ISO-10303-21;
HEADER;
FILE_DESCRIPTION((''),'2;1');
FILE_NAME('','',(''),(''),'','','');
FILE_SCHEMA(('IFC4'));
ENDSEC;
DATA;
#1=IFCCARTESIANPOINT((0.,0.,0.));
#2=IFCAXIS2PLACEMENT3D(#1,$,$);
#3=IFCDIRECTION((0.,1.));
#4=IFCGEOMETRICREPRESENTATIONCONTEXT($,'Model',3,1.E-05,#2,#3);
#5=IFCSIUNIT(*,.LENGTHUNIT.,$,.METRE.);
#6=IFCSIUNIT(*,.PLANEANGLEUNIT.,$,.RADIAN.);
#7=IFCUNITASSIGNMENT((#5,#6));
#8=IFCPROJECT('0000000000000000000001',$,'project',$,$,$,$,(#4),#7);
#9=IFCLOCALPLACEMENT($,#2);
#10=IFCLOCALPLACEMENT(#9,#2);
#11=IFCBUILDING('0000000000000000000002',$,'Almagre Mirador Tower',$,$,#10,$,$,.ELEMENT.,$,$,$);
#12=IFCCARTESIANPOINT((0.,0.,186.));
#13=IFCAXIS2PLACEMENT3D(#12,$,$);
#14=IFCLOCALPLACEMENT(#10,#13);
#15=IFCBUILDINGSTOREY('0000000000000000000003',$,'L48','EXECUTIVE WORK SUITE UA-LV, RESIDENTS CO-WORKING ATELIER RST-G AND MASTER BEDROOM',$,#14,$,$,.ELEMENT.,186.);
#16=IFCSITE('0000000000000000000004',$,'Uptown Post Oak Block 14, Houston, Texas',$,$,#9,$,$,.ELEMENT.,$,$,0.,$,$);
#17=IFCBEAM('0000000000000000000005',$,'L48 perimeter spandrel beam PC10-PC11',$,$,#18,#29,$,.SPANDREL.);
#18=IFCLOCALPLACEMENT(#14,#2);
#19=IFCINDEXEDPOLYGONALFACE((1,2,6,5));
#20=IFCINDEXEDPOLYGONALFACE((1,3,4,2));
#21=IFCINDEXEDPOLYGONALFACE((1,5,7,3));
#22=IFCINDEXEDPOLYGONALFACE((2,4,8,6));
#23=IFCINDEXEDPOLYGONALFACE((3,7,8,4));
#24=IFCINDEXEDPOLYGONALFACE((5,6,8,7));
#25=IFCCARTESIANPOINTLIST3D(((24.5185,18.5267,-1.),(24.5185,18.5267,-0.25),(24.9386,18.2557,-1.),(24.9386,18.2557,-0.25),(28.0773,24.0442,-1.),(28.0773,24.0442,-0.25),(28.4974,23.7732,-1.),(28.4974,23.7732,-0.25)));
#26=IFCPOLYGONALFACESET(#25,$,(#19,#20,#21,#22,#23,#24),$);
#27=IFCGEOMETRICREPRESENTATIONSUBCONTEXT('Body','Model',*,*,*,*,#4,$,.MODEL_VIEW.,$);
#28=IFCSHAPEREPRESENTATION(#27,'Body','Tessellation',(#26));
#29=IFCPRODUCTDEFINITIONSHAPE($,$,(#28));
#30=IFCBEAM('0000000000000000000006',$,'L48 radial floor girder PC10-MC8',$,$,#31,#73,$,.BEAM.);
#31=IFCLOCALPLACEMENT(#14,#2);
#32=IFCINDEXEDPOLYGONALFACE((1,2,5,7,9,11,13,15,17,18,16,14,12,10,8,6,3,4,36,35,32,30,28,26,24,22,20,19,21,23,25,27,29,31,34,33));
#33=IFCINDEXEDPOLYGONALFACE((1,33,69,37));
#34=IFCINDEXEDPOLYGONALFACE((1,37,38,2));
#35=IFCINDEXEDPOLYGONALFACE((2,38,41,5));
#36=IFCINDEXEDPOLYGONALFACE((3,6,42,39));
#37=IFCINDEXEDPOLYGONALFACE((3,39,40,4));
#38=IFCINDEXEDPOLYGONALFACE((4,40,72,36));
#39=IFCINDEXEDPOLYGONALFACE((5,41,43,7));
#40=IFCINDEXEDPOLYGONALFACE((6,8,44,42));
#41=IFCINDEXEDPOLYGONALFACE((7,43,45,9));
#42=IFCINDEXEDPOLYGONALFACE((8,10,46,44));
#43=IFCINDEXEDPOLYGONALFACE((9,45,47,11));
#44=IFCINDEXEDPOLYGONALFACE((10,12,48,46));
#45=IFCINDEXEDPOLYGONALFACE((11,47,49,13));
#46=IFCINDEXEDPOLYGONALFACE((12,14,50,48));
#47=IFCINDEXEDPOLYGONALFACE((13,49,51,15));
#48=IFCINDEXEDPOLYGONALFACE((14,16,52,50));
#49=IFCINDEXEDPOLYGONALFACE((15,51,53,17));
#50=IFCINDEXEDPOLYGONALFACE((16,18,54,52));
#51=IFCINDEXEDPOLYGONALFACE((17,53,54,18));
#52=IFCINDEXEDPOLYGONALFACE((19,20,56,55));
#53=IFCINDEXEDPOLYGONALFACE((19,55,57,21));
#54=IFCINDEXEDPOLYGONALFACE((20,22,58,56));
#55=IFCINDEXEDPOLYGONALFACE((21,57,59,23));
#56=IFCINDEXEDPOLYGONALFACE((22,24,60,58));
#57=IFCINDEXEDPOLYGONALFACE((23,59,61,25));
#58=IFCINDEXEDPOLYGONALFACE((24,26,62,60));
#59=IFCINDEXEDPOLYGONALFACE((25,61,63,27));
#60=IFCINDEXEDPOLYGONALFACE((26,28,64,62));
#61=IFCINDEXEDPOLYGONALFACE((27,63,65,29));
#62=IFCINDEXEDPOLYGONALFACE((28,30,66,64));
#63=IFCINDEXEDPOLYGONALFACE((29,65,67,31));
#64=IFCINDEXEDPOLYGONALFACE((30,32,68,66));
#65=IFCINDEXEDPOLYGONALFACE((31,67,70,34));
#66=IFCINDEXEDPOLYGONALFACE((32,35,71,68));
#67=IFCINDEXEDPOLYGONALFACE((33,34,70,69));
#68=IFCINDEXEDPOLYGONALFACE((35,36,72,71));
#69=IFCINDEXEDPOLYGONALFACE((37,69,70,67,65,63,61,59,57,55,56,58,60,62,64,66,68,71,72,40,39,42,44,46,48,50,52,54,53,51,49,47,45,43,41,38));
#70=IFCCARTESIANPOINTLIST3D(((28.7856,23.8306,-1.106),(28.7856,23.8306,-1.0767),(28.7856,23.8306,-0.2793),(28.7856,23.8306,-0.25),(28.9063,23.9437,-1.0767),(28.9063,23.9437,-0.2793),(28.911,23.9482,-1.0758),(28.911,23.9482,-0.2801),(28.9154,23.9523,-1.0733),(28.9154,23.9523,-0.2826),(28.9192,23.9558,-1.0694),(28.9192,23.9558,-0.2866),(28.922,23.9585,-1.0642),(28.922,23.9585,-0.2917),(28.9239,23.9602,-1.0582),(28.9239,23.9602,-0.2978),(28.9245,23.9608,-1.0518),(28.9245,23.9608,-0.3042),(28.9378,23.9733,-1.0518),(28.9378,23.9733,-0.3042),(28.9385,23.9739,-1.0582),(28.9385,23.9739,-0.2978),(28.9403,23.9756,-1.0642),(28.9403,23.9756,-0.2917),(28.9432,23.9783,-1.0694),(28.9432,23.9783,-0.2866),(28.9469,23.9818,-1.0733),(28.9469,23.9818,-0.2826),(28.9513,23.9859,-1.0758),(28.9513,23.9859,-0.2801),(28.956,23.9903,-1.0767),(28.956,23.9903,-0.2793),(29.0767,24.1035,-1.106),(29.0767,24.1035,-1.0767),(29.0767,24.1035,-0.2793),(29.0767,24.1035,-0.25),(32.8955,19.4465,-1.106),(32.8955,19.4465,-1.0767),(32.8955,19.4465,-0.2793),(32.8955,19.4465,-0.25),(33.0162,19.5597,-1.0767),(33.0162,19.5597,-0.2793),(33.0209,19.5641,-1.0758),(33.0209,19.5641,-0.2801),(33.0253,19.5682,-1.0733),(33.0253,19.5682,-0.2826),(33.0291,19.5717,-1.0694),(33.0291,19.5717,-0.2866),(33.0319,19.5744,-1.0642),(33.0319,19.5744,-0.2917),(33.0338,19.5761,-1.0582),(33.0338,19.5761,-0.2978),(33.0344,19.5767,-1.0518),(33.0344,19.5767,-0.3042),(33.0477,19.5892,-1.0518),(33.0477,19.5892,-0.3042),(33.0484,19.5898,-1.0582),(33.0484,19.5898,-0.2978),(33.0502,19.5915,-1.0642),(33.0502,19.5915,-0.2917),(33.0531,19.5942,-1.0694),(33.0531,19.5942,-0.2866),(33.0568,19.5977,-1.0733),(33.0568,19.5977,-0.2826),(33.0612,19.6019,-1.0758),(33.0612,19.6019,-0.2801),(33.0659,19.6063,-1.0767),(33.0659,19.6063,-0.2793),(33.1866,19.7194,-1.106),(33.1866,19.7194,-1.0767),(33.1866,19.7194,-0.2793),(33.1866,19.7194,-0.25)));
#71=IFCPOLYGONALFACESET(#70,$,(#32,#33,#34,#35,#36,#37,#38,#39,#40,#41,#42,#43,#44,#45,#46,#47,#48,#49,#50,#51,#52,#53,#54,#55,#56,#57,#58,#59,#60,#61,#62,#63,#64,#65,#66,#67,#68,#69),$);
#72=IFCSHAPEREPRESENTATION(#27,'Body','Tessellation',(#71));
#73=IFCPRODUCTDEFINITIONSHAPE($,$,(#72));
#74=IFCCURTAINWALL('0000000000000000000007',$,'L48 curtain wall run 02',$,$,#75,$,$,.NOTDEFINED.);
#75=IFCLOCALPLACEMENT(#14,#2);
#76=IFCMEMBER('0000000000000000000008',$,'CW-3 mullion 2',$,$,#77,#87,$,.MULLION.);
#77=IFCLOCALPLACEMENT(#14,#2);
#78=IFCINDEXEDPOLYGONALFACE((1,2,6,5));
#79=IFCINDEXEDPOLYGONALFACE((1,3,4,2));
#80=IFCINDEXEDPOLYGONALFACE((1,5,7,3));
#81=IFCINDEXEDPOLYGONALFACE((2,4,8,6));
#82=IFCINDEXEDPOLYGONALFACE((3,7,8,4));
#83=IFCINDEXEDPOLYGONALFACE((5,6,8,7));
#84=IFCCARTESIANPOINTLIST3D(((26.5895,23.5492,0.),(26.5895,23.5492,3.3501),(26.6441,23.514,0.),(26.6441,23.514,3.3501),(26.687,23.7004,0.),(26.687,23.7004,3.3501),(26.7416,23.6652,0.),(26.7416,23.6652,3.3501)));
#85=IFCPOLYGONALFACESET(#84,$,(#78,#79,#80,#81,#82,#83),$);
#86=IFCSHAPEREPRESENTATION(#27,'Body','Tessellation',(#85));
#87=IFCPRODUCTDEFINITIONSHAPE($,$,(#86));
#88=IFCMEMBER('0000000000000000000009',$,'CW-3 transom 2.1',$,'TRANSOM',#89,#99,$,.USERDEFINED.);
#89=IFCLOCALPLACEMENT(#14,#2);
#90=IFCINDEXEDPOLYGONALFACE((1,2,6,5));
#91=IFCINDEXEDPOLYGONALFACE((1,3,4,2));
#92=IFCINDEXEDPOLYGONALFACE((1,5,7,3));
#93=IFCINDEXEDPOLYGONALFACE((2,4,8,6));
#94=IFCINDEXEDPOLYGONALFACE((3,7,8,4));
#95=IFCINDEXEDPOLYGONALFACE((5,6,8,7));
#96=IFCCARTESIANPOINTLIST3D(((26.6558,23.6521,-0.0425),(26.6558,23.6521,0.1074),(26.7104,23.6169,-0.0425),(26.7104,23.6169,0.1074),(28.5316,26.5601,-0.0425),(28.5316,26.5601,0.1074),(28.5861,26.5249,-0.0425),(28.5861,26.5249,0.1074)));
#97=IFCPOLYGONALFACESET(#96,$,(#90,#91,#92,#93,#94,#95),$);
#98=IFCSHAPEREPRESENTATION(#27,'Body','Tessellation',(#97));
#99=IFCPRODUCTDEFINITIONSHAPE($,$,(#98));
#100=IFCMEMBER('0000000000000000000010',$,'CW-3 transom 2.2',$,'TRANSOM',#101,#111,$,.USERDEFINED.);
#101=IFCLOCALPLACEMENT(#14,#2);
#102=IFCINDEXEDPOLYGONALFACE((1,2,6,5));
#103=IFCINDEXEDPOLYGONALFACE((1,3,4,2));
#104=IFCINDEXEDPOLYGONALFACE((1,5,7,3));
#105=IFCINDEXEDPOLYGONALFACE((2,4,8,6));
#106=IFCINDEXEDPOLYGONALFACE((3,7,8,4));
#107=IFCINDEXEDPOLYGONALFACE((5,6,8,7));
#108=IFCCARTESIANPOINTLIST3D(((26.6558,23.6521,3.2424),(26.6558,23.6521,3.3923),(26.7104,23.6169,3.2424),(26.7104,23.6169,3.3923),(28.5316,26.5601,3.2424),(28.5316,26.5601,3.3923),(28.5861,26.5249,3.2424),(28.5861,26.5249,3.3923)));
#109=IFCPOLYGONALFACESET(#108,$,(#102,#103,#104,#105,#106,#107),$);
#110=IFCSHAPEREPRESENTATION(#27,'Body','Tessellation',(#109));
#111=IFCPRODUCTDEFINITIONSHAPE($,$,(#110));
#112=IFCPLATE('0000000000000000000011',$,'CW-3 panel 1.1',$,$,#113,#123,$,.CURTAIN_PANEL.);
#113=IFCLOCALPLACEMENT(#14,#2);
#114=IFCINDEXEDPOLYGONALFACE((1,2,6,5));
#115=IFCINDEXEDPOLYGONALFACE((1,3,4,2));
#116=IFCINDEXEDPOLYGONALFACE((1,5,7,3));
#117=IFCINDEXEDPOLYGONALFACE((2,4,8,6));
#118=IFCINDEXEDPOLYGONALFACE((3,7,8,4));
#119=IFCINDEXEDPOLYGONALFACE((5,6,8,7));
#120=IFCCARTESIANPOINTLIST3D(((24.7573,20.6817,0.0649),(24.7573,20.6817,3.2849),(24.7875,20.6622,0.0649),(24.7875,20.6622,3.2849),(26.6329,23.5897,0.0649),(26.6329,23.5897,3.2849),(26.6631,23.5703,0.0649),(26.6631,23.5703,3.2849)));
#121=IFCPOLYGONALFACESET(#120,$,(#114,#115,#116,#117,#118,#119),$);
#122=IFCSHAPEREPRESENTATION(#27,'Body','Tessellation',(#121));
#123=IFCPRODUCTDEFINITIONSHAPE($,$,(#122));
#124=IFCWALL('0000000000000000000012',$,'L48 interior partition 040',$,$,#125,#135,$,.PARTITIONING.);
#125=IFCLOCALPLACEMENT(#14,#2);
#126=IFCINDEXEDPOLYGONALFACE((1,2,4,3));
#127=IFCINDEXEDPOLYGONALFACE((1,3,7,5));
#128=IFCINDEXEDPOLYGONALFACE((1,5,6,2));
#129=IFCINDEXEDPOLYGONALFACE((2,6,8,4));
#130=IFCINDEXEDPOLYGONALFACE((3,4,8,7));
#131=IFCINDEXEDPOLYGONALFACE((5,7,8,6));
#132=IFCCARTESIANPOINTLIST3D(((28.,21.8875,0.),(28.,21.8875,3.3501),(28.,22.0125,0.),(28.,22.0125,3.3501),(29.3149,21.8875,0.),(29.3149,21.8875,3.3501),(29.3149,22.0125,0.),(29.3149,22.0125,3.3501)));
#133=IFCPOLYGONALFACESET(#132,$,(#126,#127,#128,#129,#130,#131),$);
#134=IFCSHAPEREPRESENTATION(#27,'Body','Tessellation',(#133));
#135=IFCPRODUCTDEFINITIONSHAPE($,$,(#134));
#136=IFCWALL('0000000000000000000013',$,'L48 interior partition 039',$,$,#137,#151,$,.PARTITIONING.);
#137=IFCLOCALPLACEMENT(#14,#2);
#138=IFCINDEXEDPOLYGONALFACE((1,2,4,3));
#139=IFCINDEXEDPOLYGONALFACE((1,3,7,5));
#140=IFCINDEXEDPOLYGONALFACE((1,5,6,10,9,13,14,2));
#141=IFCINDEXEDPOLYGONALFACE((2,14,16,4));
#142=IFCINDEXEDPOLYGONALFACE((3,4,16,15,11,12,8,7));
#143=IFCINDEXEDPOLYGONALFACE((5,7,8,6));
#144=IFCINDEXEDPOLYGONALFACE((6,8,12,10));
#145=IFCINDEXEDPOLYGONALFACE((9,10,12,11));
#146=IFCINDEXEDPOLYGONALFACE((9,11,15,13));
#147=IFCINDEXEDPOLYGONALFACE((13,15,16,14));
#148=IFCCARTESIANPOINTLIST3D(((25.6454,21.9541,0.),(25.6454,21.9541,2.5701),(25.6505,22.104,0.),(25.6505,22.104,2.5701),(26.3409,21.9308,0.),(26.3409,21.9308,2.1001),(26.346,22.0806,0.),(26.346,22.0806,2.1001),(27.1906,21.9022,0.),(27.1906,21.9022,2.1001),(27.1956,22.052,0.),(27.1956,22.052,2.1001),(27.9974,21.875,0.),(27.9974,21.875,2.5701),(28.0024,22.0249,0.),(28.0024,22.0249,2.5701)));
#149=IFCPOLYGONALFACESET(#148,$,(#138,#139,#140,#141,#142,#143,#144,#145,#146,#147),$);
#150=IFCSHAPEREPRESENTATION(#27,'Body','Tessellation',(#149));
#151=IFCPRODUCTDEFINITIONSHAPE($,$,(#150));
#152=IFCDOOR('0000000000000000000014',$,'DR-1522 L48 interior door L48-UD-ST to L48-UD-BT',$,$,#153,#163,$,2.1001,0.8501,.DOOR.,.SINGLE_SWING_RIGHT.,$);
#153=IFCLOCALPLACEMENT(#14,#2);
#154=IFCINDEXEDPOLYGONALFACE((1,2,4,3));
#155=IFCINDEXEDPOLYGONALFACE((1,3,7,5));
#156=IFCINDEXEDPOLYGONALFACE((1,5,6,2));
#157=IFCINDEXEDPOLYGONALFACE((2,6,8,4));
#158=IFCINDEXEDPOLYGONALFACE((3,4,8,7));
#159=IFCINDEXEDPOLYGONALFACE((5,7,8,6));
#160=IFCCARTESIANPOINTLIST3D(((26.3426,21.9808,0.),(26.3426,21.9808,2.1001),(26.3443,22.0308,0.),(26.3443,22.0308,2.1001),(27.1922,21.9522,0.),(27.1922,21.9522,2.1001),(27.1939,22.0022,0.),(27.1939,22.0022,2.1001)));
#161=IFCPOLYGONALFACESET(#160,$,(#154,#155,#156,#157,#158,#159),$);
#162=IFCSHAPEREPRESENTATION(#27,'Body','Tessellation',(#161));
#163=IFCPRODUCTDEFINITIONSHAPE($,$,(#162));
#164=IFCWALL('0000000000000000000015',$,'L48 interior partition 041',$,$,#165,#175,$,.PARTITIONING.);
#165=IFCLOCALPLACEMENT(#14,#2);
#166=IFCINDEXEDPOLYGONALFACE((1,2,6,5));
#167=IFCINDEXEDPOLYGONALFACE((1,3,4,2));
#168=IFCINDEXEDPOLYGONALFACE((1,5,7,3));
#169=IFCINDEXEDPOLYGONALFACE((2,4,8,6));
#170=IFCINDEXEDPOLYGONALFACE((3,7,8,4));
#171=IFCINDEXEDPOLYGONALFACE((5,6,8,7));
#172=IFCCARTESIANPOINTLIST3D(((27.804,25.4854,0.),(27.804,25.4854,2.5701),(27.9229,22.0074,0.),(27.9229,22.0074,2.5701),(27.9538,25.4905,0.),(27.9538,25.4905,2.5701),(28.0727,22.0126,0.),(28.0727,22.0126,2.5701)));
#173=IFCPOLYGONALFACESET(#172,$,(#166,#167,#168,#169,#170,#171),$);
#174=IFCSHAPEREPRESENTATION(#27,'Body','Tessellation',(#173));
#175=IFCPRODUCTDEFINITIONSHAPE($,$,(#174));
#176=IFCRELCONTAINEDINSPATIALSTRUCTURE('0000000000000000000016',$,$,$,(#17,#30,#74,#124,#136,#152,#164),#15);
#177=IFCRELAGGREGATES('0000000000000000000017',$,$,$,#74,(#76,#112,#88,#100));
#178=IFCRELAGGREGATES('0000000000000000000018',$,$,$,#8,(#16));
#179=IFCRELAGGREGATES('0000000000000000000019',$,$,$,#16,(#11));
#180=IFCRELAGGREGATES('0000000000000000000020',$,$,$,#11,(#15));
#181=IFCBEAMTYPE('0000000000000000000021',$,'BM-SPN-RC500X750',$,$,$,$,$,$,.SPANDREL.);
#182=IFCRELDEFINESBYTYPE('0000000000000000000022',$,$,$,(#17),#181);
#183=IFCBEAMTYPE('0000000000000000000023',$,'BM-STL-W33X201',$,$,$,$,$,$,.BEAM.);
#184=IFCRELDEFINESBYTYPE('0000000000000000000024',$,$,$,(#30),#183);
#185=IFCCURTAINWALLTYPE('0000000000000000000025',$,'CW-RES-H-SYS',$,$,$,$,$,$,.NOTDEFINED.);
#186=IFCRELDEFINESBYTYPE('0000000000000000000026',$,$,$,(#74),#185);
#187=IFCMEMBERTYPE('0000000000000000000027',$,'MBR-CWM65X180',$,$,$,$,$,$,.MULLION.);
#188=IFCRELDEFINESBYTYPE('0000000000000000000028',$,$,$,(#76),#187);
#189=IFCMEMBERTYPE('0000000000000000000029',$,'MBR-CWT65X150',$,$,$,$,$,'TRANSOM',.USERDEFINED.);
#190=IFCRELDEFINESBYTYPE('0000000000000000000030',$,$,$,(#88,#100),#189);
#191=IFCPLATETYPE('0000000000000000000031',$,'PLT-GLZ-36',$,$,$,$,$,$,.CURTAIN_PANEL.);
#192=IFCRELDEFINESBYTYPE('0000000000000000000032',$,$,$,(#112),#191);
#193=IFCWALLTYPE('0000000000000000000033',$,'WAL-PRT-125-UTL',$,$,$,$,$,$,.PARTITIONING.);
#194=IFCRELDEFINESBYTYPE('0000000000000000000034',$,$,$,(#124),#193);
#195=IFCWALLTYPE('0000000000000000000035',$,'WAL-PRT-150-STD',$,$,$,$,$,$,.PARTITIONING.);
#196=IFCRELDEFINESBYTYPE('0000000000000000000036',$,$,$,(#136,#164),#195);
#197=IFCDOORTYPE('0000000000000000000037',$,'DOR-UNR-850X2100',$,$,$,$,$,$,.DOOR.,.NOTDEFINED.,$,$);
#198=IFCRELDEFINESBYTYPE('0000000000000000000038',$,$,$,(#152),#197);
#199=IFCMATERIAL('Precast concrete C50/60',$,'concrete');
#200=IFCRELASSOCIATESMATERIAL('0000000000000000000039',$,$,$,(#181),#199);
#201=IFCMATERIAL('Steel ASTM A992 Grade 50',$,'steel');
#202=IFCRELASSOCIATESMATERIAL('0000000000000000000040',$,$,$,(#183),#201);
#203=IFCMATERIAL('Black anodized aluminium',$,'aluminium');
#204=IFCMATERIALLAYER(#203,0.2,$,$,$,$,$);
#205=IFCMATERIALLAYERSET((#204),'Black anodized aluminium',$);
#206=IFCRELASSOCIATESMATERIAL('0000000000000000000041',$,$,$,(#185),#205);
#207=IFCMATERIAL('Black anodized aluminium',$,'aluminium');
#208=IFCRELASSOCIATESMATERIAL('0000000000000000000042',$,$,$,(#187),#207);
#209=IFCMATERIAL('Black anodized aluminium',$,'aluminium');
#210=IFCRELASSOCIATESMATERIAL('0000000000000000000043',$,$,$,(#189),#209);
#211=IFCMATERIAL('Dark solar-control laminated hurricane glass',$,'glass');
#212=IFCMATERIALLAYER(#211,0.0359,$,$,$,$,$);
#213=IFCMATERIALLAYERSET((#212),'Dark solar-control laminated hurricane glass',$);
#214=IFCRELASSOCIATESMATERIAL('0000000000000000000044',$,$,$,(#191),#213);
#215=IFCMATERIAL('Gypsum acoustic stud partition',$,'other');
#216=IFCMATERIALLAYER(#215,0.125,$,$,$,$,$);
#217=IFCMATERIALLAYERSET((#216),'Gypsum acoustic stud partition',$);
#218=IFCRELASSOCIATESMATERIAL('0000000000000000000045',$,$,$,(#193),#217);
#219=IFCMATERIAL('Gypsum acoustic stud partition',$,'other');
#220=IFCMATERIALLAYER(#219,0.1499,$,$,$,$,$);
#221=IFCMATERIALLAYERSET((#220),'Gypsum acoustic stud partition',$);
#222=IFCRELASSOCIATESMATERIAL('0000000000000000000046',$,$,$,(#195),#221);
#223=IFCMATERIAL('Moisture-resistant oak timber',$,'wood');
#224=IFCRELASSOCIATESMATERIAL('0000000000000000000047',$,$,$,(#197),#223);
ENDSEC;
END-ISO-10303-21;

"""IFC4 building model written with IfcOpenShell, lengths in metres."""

from ifc_helpers import new_model, si_unit, direction, frame, frame_2d, origin, origin_2d, place, context, subcontext, project, spatial, rectangle, i_section, extrude, material, layer, layer_set, material_profile, profile_set, type_object, element, fill, aggregate, save


model = new_model("IFC4")

# Units and contexts
model_context = context("Model", 3, precision=1e-05, world=origin(), true_north=direction((0.0, 1.0)))
body_context = subcontext(model_context, "Body", "Model", "MODEL_VIEW")
ifc_project = project(units=[si_unit("LENGTHUNIT", "METRE"), si_unit("PLANEANGLEUNIT", "RADIAN")], contexts=[model_context])

# Site, building, storey
site_placement = place(None, origin())
site = spatial("IfcSite", under=ifc_project, at=site_placement, Name="Uptown Post Oak Block 14, Houston, Texas", CompositionType="ELEMENT", RefElevation=0.0)
building_placement = place(site_placement, origin())
building = spatial("IfcBuilding", under=site, at=building_placement, Name="Almagre Mirador Tower", CompositionType="ELEMENT")
storey_placement = place(building_placement, frame((0.0, 0.0, 186.0)))
storey = spatial("IfcBuildingStorey", under=building, at=storey_placement, Name="L48", Description="EXECUTIVE WORK SUITE UA-LV, RESIDENTS CO-WORKING ATELIER RST-G AND MASTER BEDROOM", CompositionType="ELEMENT", Elevation=186.0)

# Beams
ifc_material_1 = material(Name="Precast concrete C50/60", Category="concrete")
ifc_material_profile_1 = material_profile(ifc_material_1, rectangle(XDim=0.5, YDim=0.75, at=origin_2d()), Name="RC500X750")
ifc_profile_set_1 = profile_set([ifc_material_profile_1], Name="Precast concrete C50/60")
beam_type_1 = type_object("IfcBeamType", Name="BM-SPN-RC500X750", PredefinedType="SPANDREL", material=ifc_profile_set_1)
beam_1_placement = place(storey_placement, frame((28.2874, 23.9087, -0.625), z_axis=(-0.542031, -0.840358, 0.0), x_axis=(0.840358, -0.542031, 0.0)))
element("IfcBeam", 1, at=beam_1_placement, inside=storey, type_object=beam_type_1, Name="L48 perimeter spandrel beam PC10-PC11", PredefinedType="SPANDREL", context=body_context, shape_type="SweptSolid", body=[
    extrude(rectangle(XDim=0.5, YDim=0.75, at=origin_2d()), origin(), (0.0, 0.0, 1.0), 6.5657),
])
ifc_material_2 = material(Name="Steel ASTM A992 Grade 50", Category="steel")
ifc_material_profile_2 = material_profile(ifc_material_2, i_section(OverallWidth=0.3989, OverallDepth=0.856, WebThickness=0.0183, FlangeThickness=0.0293, FilletRadius=0.0249, at=origin_2d()), Name="W33X201")
ifc_profile_set_2 = profile_set([ifc_material_profile_2], Name="Steel ASTM A992 Grade 50")
beam_type_2 = type_object("IfcBeamType", Name="BM-STL-W33X201", PredefinedType="BEAM", material=ifc_profile_set_2)
beam_2_placement = place(storey_placement, frame((28.9312, 23.967, -0.678), z_axis=(0.683926, -0.729551, 0.0), x_axis=(0.729551, 0.683926, 0.0)))
element("IfcBeam", 2, at=beam_2_placement, inside=storey, type_object=beam_type_2, Name="L48 radial floor girder PC10-MC8", PredefinedType="BEAM", context=body_context, shape_type="SweptSolid", body=[
    extrude(i_section(OverallWidth=0.3989, OverallDepth=0.856, WebThickness=0.0183, FlangeThickness=0.0293, FilletRadius=0.0249, at=origin_2d()), origin(), (0.0, 0.0, 1.0), 6.0093),
])

# Curtain wall, members, plate
ifc_material_3 = material(Name="Black anodized aluminium", Category="aluminium")
ifc_layer_1 = layer(ifc_material_3, 0.2)
ifc_layer_set_1 = layer_set([ifc_layer_1], Name="Black anodized aluminium")
curtain_wall_type = type_object("IfcCurtainWallType", Name="CW-RES-H-SYS", PredefinedType="NOTDEFINED", material=ifc_layer_set_1)
curtain_wall_placement = place(storey_placement, origin())
curtain_wall = element("IfcCurtainWall", 3, at=curtain_wall_placement, inside=storey, type_object=curtain_wall_type, Name="L48 curtain wall run 02", PredefinedType="NOTDEFINED")
ifc_material_4 = material(Name="Black anodized aluminium", Category="aluminium")
ifc_material_profile_3 = material_profile(ifc_material_4, rectangle(XDim=0.0649, YDim=0.1799, at=origin_2d()), Name="CWM65X180")
ifc_profile_set_3 = profile_set([ifc_material_profile_3], Name="Black anodized aluminium")
member_type_1 = type_object("IfcMemberType", Name="MBR-CWM65X180", PredefinedType="MULLION", material=ifc_profile_set_3)
member_1_placement = place(storey_placement, frame((26.6655, 23.6072, 0.0), z_axis=(0.0, 0.0, 1.0), x_axis=(-0.840363, 0.542024, 0.0)))
member_1 = element("IfcMember", 4, at=member_1_placement, type_object=member_type_1, Name="CW-3 mullion 2", PredefinedType="MULLION", context=body_context, shape_type="SweptSolid", body=[
    extrude(rectangle(XDim=0.0649, YDim=0.1799, at=origin_2d()), origin(), (0.0, 0.0, 1.0), 3.3501),
])
ifc_material_5 = material(Name="Black anodized aluminium", Category="aluminium")
ifc_material_profile_4 = material_profile(ifc_material_5, rectangle(XDim=0.0649, YDim=0.1499, at=origin_2d()), Name="CWT65X150")
ifc_profile_set_4 = profile_set([ifc_material_profile_4], Name="Black anodized aluminium")
member_type_2 = type_object("IfcMemberType", Name="MBR-CWT65X150", ElementType="TRANSOM", PredefinedType="USERDEFINED", material=ifc_profile_set_4)
member_2_placement = place(storey_placement, frame((26.6831, 23.6345, 0.0325), z_axis=(0.542051, 0.840345, 0.0), x_axis=(-0.840345, 0.542051, 0.0)))
member_2 = element("IfcMember", 5, at=member_2_placement, type_object=member_type_2, Name="CW-3 transom 2.1", ObjectType="TRANSOM", PredefinedType="USERDEFINED", context=body_context, shape_type="SweptSolid", body=[
    extrude(rectangle(XDim=0.0649, YDim=0.1499, at=origin_2d()), origin(), (0.0, 0.0, 1.0), 3.4604),
])
member_3_placement = place(storey_placement, frame((26.6831, 23.6345, 3.3174), z_axis=(0.542051, 0.840345, 0.0), x_axis=(-0.840345, 0.542051, 0.0)))
member_3 = element("IfcMember", 6, at=member_3_placement, type_object=member_type_2, Name="CW-3 transom 2.2", ObjectType="TRANSOM", PredefinedType="USERDEFINED", context=body_context, shape_type="SweptSolid", body=[
    extrude(rectangle(XDim=0.0649, YDim=0.1499, at=origin_2d()), origin(), (0.0, 0.0, 1.0), 3.4604),
])
ifc_material_6 = material(Name="Dark solar-control laminated hurricane glass", Category="glass")
ifc_layer_2 = layer(ifc_material_6, 0.0359)
ifc_layer_set_2 = layer_set([ifc_layer_2], Name="Dark solar-control laminated hurricane glass")
plate_type = type_object("IfcPlateType", Name="PLT-GLZ-36", PredefinedType="CURTAIN_PANEL", material=ifc_layer_set_2)
plate_placement = place(storey_placement, frame((25.7102, 22.126, 0.0649), z_axis=(0.0, 0.0, 1.0), x_axis=(0.542024, 0.840363, 0.0)))
plate = element("IfcPlate", 7, at=plate_placement, type_object=plate_type, Name="CW-3 panel 1.1", PredefinedType="CURTAIN_PANEL", context=body_context, shape_type="SweptSolid", body=[
    extrude(rectangle(XDim=3.4604, YDim=0.0359, at=origin_2d()), origin(), (0.0, 0.0, 1.0), 3.22),
])
aggregate(curtain_wall, [member_1, plate, member_2, member_3])

# Wall
ifc_material_7 = material(Name="Gypsum acoustic stud partition", Category="other")
ifc_layer_3 = layer(ifc_material_7, 0.125)
ifc_layer_set_3 = layer_set([ifc_layer_3], Name="Gypsum acoustic stud partition")
wall_type_1 = type_object("IfcWallType", Name="WAL-PRT-125-UTL", PredefinedType="PARTITIONING", material=ifc_layer_set_3)
wall_1_placement = place(storey_placement, frame((29.3149, 21.95, 0.0), z_axis=(0.0, 0.0, 1.0), x_axis=(-1.0, 0.0, 0.0)))
element("IfcWall", 8, at=wall_1_placement, inside=storey, type_object=wall_type_1, Name="L48 interior partition 040", PredefinedType="PARTITIONING", context=body_context, shape_type="SweptSolid", body=[
    extrude(rectangle(XDim=1.3149, YDim=0.125, at=frame_2d((0.6575, 0.0))), origin(), (0.0, 0.0, 1.0), 3.3501),
])

# Wall, opening, door
ifc_material_8 = material(Name="Gypsum acoustic stud partition", Category="other")
ifc_layer_4 = layer(ifc_material_8, 0.1499)
ifc_layer_set_4 = layer_set([ifc_layer_4], Name="Gypsum acoustic stud partition")
wall_type_2 = type_object("IfcWallType", Name="WAL-PRT-150-STD", PredefinedType="PARTITIONING", material=ifc_layer_set_4)
wall_2_placement = place(storey_placement, frame((28.0, 21.95, 0.0), z_axis=(0.0, 0.0, 1.0), x_axis=(-0.999435, 0.033612, 0.0)))
wall_2 = element("IfcWall", 9, at=wall_2_placement, inside=storey, type_object=wall_type_2, Name="L48 interior partition 039", PredefinedType="PARTITIONING", context=body_context, shape_type="SweptSolid", body=[
    extrude(rectangle(XDim=2.3533, YDim=0.1499, at=frame_2d((1.1768, 0.0))), origin(), (0.0, 0.0, 1.0), 2.5701),
])
opening_1_placement = place(wall_2_placement, frame((0.8074, 0.0, 0.0)))
opening_1 = element("IfcOpeningElement", 10, at=opening_1_placement, cuts=wall_2, PredefinedType="OPENING", context=body_context, shape_type="SweptSolid", body=[
    extrude(rectangle(XDim=0.8501, YDim=2.1001, at=frame_2d((0.425, 1.05))), frame((0.0, 0.085, 0.0), z_axis=(0.0, -1.0, 0.0), x_axis=(1.0, 0.0, 0.0)), (0.0, 0.0, 1.0), 0.1699),
])
ifc_material_9 = material(Name="Moisture-resistant oak timber", Category="wood")
door_type_1 = type_object("IfcDoorType", Name="DOR-UNR-850X2100", OperationType="NOTDEFINED", PredefinedType="DOOR", material=ifc_material_9)
door_1_placement = place(opening_1_placement, origin())
door_1 = element("IfcDoor", 11, at=door_1_placement, inside=storey, type_object=door_type_1, Name="DR-1522 L48 interior door L48-UD-ST to L48-UD-BT", OperationType="SINGLE_SWING_RIGHT", OverallHeight=2.1001, OverallWidth=0.8501, PredefinedType="DOOR", context=body_context, shape_type="SweptSolid", body=[
    extrude(rectangle(XDim=0.8501, YDim=2.1001, at=frame_2d((0.425, 1.05))), frame((0.0, 0.0249, 0.0), z_axis=(0.0, -1.0, 0.0), x_axis=(1.0, 0.0, 0.0)), (0.0, 0.0, 1.0), 0.05),
])
fill(opening_1, door_1)

# Wall
wall_3_placement = place(storey_placement, frame((27.9978, 22.01, 0.0), z_axis=(0.0, 0.0, 1.0), x_axis=(-0.034165, 0.999416, 0.0)))
element("IfcWall", 12, at=wall_3_placement, inside=storey, type_object=wall_type_2, Name="L48 interior partition 041", PredefinedType="PARTITIONING", context=body_context, shape_type="SweptSolid", body=[
    extrude(rectangle(XDim=3.48, YDim=0.1499, at=frame_2d((1.74, 0.0))), origin(), (0.0, 0.0, 1.0), 2.5701),
])

save(model, "model.ifc")
